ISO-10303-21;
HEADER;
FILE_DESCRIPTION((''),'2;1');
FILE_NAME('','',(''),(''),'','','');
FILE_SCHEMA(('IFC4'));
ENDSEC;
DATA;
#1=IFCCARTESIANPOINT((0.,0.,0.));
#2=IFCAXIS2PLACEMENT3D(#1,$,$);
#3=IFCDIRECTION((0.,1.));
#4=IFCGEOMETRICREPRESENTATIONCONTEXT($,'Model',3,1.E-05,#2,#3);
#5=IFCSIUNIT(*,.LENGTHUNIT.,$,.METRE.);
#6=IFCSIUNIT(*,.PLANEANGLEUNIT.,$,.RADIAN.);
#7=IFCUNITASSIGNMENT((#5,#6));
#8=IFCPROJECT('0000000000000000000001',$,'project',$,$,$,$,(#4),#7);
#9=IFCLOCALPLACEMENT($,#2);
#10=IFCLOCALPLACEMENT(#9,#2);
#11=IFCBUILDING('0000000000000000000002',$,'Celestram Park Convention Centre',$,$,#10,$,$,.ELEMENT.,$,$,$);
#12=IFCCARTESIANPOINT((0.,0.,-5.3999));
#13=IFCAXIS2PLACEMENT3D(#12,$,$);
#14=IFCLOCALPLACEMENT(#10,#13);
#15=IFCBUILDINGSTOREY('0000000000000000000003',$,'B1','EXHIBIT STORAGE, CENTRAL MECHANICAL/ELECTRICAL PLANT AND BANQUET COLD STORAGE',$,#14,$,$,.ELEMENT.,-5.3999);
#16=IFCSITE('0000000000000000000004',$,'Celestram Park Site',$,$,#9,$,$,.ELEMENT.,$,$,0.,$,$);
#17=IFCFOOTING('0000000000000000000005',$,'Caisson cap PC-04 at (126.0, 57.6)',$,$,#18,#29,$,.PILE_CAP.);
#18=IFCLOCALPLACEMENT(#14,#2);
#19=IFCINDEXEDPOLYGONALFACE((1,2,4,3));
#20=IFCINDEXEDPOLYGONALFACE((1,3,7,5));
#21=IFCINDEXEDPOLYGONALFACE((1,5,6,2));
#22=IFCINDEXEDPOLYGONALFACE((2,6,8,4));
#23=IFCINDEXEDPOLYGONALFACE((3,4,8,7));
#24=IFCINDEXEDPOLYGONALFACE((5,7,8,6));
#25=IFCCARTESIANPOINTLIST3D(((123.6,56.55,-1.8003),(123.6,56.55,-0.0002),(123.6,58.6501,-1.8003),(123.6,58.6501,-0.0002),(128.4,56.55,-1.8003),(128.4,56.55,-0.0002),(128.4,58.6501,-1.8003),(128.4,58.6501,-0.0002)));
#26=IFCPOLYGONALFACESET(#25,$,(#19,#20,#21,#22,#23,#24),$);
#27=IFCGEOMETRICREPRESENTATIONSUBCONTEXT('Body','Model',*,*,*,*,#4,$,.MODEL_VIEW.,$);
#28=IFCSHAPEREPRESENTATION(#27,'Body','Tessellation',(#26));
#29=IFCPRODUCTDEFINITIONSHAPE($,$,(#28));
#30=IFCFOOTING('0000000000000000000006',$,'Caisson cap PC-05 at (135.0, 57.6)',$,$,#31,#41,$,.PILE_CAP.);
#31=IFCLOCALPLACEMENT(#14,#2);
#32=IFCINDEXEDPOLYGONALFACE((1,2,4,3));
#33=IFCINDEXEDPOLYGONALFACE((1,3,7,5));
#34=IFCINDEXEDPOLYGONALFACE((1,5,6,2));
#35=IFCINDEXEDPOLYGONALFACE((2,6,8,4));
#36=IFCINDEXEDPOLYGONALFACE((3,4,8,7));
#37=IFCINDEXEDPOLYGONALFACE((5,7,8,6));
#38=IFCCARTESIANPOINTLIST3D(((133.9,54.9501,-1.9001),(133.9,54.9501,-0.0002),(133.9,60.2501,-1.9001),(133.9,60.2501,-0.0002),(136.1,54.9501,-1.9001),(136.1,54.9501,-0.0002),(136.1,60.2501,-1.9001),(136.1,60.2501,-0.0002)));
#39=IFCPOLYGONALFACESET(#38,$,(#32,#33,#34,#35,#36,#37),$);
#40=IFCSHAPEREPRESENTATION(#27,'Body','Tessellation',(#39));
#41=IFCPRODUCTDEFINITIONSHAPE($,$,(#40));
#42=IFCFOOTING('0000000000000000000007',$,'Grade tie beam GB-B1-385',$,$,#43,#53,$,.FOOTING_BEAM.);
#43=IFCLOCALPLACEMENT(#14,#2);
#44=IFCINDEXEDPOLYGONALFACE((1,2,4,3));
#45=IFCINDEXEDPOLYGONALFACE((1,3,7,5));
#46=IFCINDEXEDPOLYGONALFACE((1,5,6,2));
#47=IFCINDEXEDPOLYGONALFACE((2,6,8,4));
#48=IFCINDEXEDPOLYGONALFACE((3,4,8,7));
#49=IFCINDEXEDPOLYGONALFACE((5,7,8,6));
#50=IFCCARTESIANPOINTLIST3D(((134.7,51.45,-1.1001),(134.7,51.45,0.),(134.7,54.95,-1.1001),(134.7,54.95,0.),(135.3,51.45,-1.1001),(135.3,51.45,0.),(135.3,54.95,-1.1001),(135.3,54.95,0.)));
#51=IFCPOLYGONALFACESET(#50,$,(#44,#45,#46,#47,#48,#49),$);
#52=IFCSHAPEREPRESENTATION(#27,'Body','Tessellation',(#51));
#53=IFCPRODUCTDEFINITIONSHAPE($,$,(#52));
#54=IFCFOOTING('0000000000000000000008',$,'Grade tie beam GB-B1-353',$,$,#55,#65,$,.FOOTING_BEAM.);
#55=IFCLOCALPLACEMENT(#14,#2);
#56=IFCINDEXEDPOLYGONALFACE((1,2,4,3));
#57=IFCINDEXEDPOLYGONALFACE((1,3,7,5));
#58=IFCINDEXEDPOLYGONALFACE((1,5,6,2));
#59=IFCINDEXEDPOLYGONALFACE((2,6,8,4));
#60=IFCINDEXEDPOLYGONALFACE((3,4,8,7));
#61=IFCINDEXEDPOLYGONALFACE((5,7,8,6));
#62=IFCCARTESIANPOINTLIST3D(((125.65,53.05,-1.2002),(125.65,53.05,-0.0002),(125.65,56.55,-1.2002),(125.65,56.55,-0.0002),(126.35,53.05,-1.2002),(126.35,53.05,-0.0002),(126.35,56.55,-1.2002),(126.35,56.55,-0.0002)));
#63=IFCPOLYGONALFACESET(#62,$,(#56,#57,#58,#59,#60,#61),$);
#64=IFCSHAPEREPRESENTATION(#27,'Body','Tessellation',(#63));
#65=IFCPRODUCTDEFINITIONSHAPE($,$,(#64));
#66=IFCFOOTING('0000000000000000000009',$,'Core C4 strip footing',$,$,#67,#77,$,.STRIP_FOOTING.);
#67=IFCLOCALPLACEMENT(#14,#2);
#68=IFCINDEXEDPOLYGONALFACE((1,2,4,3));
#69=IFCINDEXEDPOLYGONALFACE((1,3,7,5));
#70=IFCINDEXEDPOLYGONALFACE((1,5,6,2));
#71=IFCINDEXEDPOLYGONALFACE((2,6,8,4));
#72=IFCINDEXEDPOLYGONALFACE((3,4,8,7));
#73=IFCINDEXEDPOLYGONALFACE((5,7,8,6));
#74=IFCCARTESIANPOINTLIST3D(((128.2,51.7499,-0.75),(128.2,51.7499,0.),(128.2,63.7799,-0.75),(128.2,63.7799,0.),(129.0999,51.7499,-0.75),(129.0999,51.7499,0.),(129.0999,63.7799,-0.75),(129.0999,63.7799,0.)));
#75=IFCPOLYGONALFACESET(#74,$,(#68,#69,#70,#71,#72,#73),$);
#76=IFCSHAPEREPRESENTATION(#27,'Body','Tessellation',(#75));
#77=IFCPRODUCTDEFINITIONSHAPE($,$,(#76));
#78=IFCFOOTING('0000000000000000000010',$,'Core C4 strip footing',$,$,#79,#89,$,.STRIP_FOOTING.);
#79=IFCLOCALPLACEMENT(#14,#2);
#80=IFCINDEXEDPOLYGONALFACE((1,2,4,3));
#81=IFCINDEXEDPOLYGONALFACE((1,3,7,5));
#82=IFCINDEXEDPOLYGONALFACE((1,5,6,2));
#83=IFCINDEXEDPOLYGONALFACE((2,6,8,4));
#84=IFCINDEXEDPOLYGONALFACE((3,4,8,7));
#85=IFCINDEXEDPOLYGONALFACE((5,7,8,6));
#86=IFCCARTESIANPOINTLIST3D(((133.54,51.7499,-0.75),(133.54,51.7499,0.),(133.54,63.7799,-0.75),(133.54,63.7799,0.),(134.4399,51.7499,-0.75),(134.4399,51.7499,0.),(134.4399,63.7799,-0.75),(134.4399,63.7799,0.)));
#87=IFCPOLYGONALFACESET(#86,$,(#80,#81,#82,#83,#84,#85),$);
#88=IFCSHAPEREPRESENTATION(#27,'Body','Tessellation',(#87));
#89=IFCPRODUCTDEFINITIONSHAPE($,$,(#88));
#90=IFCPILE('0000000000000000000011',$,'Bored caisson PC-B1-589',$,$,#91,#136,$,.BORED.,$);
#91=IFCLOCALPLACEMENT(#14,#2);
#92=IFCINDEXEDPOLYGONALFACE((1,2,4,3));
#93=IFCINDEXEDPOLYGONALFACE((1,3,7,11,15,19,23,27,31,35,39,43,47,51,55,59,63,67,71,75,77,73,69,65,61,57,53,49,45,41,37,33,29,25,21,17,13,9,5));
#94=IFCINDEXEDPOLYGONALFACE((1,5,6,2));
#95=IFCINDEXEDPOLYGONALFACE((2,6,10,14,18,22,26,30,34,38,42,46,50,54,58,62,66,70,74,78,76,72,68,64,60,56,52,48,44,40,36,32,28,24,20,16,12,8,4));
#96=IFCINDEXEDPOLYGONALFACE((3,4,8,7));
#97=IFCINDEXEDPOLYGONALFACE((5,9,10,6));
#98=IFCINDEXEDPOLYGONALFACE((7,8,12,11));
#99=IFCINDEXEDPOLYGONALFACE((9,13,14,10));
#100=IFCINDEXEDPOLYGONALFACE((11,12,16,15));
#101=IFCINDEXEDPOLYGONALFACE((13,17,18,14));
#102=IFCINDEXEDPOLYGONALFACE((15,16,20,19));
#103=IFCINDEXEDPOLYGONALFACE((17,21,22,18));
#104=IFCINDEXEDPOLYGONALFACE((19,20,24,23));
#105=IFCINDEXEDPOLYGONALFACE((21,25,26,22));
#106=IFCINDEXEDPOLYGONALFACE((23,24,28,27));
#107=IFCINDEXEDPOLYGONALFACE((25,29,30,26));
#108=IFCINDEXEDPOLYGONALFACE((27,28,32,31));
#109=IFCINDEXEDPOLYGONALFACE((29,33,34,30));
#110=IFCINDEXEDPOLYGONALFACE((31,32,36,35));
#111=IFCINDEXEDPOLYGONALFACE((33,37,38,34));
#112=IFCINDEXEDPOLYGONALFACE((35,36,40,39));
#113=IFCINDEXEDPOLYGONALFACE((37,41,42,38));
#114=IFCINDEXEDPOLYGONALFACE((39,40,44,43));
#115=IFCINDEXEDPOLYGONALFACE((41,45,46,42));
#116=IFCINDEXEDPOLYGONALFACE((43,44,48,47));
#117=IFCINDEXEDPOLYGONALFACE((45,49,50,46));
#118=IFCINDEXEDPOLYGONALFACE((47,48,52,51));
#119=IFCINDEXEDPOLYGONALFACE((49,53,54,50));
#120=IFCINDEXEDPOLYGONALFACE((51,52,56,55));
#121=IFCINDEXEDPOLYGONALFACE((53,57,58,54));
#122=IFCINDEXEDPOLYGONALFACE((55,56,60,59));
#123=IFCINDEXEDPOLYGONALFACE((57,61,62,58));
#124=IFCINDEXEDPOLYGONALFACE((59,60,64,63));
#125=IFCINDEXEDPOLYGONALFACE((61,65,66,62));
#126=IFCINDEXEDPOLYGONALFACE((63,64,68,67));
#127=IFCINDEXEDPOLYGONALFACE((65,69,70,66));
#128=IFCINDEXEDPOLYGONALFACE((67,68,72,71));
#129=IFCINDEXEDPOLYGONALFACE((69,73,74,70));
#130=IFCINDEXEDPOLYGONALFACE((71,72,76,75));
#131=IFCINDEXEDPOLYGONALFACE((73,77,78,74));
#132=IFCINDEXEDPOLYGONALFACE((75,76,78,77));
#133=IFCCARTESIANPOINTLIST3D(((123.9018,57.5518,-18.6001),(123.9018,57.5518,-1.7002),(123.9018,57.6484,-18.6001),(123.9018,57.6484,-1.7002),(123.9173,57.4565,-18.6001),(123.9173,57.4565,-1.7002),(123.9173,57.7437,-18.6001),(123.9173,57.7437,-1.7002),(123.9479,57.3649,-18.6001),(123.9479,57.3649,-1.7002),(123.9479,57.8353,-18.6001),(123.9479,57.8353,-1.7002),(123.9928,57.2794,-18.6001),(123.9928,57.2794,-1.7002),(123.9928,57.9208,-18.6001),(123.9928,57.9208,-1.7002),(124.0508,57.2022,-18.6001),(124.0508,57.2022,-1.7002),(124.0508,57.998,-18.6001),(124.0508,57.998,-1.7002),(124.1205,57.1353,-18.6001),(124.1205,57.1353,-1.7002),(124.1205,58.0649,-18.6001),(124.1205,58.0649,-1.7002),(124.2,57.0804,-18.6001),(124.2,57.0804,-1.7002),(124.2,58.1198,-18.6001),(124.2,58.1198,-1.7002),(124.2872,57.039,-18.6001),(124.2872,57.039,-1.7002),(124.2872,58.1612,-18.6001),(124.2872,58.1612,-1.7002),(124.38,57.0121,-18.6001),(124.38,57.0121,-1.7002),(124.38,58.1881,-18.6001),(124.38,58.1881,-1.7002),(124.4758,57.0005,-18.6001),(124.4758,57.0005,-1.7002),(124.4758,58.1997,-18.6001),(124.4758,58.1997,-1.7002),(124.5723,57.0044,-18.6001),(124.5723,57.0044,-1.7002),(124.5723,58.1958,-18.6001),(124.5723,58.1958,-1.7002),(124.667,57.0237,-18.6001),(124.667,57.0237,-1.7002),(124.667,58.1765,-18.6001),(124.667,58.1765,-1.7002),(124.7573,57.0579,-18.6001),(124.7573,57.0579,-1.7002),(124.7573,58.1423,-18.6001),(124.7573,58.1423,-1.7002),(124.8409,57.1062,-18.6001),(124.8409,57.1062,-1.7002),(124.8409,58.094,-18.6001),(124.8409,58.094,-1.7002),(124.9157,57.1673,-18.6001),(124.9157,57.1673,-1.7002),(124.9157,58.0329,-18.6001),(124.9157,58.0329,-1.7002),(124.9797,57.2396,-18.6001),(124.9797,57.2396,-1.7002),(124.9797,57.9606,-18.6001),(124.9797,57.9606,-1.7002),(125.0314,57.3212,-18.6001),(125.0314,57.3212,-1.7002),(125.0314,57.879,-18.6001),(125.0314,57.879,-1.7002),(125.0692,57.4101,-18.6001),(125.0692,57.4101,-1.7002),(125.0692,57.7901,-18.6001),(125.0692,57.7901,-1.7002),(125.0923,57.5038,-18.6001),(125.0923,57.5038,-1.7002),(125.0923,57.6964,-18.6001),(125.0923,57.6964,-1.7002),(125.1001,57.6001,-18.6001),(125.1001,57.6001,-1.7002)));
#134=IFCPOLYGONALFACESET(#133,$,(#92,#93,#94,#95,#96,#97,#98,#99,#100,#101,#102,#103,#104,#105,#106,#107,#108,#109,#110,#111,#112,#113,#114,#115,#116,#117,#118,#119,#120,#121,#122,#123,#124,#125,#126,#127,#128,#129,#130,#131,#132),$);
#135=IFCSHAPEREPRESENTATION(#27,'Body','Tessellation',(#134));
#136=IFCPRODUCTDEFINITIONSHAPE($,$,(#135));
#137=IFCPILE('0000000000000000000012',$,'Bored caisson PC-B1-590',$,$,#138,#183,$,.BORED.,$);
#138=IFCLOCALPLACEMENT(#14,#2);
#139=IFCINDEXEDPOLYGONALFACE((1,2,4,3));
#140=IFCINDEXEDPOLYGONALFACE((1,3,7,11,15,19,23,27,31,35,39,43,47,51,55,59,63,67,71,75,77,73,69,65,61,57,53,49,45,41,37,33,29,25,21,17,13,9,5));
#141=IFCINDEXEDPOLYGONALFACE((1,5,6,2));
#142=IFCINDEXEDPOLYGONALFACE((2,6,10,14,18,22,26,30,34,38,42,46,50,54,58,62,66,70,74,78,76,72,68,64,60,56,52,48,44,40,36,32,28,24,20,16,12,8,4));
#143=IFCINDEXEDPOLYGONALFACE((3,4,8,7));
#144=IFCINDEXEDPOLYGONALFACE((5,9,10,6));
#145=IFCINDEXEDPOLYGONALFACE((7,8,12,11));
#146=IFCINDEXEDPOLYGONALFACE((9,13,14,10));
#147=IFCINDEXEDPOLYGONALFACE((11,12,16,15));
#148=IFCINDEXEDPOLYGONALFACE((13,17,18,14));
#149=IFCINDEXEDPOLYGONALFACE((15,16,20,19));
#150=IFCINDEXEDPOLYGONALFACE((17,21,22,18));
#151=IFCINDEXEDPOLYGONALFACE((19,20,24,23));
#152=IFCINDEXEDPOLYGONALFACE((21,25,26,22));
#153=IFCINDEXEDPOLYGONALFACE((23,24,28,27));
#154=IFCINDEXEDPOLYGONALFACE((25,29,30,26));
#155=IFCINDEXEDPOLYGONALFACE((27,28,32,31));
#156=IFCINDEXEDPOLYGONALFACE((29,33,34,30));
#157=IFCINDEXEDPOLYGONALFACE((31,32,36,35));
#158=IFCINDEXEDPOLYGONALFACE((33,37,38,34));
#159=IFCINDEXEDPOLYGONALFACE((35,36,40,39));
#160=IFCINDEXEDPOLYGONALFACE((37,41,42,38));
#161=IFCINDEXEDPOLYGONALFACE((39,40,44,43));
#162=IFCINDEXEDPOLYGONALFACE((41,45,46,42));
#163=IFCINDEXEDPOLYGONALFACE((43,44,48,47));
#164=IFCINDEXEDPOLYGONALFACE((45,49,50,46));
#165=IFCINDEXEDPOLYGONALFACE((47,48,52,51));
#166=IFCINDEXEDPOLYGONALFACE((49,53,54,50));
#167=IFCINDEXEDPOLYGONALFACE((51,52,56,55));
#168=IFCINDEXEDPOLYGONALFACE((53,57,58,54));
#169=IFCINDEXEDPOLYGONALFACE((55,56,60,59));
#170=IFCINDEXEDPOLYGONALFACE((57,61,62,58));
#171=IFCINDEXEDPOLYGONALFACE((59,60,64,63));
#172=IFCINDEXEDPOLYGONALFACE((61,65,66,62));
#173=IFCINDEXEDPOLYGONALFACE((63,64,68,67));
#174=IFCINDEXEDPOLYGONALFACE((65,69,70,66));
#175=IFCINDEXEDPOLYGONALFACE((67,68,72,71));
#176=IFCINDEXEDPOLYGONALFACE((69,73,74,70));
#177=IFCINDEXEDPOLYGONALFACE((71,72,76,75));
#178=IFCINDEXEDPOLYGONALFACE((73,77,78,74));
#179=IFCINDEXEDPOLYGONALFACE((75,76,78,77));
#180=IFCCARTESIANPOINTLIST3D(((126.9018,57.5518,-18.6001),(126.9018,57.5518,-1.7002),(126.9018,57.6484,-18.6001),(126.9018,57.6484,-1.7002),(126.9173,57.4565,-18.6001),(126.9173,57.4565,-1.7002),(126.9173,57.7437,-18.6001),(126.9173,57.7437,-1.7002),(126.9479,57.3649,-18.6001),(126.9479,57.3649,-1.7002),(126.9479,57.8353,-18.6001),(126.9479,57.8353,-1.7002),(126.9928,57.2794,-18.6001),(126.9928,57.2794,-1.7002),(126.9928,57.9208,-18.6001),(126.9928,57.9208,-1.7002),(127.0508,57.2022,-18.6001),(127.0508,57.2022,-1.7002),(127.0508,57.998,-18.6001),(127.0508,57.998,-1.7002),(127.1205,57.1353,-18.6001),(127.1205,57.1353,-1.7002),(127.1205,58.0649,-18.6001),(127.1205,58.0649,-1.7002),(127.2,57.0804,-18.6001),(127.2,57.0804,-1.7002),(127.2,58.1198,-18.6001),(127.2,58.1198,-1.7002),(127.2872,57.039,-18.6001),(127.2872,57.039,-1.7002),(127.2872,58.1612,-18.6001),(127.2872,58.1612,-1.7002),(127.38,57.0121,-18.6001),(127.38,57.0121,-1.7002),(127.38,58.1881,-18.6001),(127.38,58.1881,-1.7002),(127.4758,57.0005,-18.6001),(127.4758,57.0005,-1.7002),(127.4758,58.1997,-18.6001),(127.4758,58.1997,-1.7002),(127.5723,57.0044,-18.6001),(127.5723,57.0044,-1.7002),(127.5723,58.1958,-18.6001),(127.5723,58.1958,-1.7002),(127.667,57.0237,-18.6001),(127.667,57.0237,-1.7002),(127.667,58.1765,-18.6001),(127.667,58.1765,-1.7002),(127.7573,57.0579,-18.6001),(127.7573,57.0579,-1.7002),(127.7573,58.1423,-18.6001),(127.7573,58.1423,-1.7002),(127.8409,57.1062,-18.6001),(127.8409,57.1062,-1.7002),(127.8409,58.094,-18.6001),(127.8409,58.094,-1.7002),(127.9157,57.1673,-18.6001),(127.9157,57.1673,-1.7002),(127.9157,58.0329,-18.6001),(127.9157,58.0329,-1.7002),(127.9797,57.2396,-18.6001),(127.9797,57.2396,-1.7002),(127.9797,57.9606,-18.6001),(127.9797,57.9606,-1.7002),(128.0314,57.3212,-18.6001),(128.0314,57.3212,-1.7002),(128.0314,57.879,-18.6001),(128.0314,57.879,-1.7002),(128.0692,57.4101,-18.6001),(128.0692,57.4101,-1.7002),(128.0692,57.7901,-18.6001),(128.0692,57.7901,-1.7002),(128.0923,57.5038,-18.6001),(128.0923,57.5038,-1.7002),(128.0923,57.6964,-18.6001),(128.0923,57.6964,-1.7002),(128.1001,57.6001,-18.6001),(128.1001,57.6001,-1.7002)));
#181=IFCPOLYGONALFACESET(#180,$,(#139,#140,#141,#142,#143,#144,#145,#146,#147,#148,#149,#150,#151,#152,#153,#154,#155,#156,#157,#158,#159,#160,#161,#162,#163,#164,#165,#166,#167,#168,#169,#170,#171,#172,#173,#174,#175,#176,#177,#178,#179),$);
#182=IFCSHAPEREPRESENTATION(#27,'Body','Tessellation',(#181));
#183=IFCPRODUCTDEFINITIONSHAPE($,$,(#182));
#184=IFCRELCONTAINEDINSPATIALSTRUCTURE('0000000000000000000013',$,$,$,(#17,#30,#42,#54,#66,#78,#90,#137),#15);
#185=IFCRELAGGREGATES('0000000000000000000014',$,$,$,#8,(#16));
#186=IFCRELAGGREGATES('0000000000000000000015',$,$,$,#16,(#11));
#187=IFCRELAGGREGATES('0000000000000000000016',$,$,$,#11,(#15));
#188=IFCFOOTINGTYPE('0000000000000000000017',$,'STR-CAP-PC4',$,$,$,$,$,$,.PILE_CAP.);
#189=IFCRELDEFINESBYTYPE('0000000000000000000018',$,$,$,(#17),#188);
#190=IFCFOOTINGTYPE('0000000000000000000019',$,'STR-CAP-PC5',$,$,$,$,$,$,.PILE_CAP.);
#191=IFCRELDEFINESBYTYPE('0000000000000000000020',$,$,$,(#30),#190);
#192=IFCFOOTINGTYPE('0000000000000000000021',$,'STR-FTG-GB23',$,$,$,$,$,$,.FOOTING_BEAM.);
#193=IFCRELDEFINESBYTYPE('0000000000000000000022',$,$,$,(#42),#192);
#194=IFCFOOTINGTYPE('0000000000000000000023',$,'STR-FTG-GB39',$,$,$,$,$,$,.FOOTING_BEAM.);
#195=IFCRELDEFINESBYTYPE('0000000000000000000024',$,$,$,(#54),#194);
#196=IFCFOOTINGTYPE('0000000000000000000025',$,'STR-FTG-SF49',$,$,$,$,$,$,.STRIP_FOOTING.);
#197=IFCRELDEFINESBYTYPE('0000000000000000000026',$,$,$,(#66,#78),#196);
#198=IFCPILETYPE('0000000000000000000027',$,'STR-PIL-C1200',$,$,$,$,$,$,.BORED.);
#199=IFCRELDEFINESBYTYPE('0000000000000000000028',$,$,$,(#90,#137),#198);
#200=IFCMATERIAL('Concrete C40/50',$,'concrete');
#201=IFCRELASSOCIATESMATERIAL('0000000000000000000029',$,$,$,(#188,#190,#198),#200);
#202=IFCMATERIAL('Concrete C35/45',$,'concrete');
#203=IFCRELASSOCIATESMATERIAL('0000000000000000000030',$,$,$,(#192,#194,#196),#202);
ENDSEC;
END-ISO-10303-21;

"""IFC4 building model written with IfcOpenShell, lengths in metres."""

from ifc_helpers import new_model, si_unit, direction, frame, origin, origin_2d, place, context, subcontext, project, spatial, rectangle, circle, extrude, material, material_profile, profile_set, type_object, element, save


model = new_model("IFC4")

# Units and contexts
model_context = context("Model", 3, precision=1e-05, world=origin(), true_north=direction((0.0, 1.0)))
body_context = subcontext(model_context, "Body", "Model", "MODEL_VIEW")
ifc_project = project(units=[si_unit("LENGTHUNIT", "METRE"), si_unit("PLANEANGLEUNIT", "RADIAN")], contexts=[model_context])

# Site, building, storey
site_placement = place(None, origin())
site = spatial("IfcSite", under=ifc_project, at=site_placement, Name="Celestram Park Site", CompositionType="ELEMENT", RefElevation=0.0)
building_placement = place(site_placement, origin())
building = spatial("IfcBuilding", under=site, at=building_placement, Name="Celestram Park Convention Centre", CompositionType="ELEMENT")
storey_placement = place(building_placement, frame((0.0, 0.0, -5.3999)))
storey = spatial("IfcBuildingStorey", under=building, at=storey_placement, Name="B1", Description="EXHIBIT STORAGE, CENTRAL MECHANICAL/ELECTRICAL PLANT AND BANQUET COLD STORAGE", CompositionType="ELEMENT", Elevation=-5.3999)

# Footings
ifc_material_1 = material(Name="Concrete C40/50", Category="concrete")
footing_type_1 = type_object("IfcFootingType", Name="STR-CAP-PC4", PredefinedType="PILE_CAP", material=ifc_material_1)
footing_1_placement = place(storey_placement, frame((126.0, 57.6001, -1.8003), z_axis=(0.0, 0.0, 1.0), x_axis=(1.0, 0.0, 0.0)))
element("IfcFooting", 1, at=footing_1_placement, inside=storey, type_object=footing_type_1, Name="Caisson cap PC-04 at (126.0, 57.6)", PredefinedType="PILE_CAP", context=body_context, shape_type="SweptSolid", body=[
    extrude(rectangle(XDim=4.8, YDim=2.1001, at=origin_2d()), origin(), (0.0, 0.0, 1.0), 1.8),
])
footing_type_2 = type_object("IfcFootingType", Name="STR-CAP-PC5", PredefinedType="PILE_CAP", material=ifc_material_1)
footing_2_placement = place(storey_placement, frame((135.0, 57.6001, -1.9001), z_axis=(0.0, 0.0, 1.0), x_axis=(1.0, 0.0, 0.0)))
element("IfcFooting", 2, at=footing_2_placement, inside=storey, type_object=footing_type_2, Name="Caisson cap PC-05 at (135.0, 57.6)", PredefinedType="PILE_CAP", context=body_context, shape_type="SweptSolid", body=[
    extrude(rectangle(XDim=2.2, YDim=5.3, at=origin_2d()), origin(), (0.0, 0.0, 1.0), 1.8999),
])
ifc_material_2 = material(Name="Concrete C35/45", Category="concrete")
footing_type_3 = type_object("IfcFootingType", Name="STR-FTG-GB23", PredefinedType="FOOTING_BEAM", material=ifc_material_2)
footing_3_placement = place(storey_placement, frame((135.0, 53.2, -1.1001), z_axis=(0.0, 0.0, 1.0), x_axis=(0.0, 1.0, 0.0)))
element("IfcFooting", 3, at=footing_3_placement, inside=storey, type_object=footing_type_3, Name="Grade tie beam GB-B1-385", PredefinedType="FOOTING_BEAM", context=body_context, shape_type="SweptSolid", body=[
    extrude(rectangle(XDim=3.5, YDim=0.6001, at=origin_2d()), origin(), (0.0, 0.0, 1.0), 1.1001),
])
footing_type_4 = type_object("IfcFootingType", Name="STR-FTG-GB39", PredefinedType="FOOTING_BEAM", material=ifc_material_2)
footing_4_placement = place(storey_placement, frame((126.0, 54.8, -1.2002), z_axis=(0.0, 0.0, 1.0), x_axis=(0.0, 1.0, 0.0)))
element("IfcFooting", 4, at=footing_4_placement, inside=storey, type_object=footing_type_4, Name="Grade tie beam GB-B1-353", PredefinedType="FOOTING_BEAM", context=body_context, shape_type="SweptSolid", body=[
    extrude(rectangle(XDim=3.5, YDim=0.7, at=origin_2d()), origin(), (0.0, 0.0, 1.0), 1.2),
])
footing_type_5 = type_object("IfcFootingType", Name="STR-FTG-SF49", PredefinedType="STRIP_FOOTING", material=ifc_material_2)
for number, where, z_axis, x_axis, name in (
    (5, (128.6499, 57.7649, -0.75), (0.0, 0.0, 1.0), (0.0, 1.0, 0.0), "Core C4 strip footing"),
    (6, (133.99, 57.7649, -0.75), (0.0, 0.0, 1.0), (0.0, 1.0, 0.0), "Core C4 strip footing"),
):
    element("IfcFooting", number, at=place(storey_placement, frame(where, z_axis=z_axis, x_axis=x_axis)), inside=storey, type_object=footing_type_5, Name=name, PredefinedType="STRIP_FOOTING", context=body_context, shape_type="SweptSolid", body=[
        extrude(rectangle(XDim=12.03, YDim=0.8999, at=origin_2d()), origin(), (0.0, 0.0, 1.0), 0.75),
    ])

# Piles
ifc_material_profile_1 = material_profile(ifc_material_1, circle(Radius=0.6001, at=origin_2d()), Name="CAISSON1200")
ifc_profile_set_1 = profile_set([ifc_material_profile_1], Name="Concrete C40/50")
pile_type_1 = type_object("IfcPileType", Name="STR-PIL-C1200", PredefinedType="BORED", material=ifc_profile_set_1)
for number, where, z_axis, x_axis, name in (
    (7, (124.5, 57.6001, -1.7002), (0.0, 0.0, -1.0), (1.0, 0.0, 0.0), "Bored caisson PC-B1-589"),
    (8, (127.5, 57.6001, -1.7002), (0.0, 0.0, -1.0), (1.0, 0.0, 0.0), "Bored caisson PC-B1-590"),
):
    element("IfcPile", number, at=place(storey_placement, frame(where, z_axis=z_axis, x_axis=x_axis)), inside=storey, type_object=pile_type_1, Name=name, PredefinedType="BORED", context=body_context, shape_type="SweptSolid", body=[
        extrude(circle(Radius=0.6001, at=origin_2d()), origin(), (0.0, 0.0, 1.0), 16.8999),
    ])

save(model, "model.ifc")
